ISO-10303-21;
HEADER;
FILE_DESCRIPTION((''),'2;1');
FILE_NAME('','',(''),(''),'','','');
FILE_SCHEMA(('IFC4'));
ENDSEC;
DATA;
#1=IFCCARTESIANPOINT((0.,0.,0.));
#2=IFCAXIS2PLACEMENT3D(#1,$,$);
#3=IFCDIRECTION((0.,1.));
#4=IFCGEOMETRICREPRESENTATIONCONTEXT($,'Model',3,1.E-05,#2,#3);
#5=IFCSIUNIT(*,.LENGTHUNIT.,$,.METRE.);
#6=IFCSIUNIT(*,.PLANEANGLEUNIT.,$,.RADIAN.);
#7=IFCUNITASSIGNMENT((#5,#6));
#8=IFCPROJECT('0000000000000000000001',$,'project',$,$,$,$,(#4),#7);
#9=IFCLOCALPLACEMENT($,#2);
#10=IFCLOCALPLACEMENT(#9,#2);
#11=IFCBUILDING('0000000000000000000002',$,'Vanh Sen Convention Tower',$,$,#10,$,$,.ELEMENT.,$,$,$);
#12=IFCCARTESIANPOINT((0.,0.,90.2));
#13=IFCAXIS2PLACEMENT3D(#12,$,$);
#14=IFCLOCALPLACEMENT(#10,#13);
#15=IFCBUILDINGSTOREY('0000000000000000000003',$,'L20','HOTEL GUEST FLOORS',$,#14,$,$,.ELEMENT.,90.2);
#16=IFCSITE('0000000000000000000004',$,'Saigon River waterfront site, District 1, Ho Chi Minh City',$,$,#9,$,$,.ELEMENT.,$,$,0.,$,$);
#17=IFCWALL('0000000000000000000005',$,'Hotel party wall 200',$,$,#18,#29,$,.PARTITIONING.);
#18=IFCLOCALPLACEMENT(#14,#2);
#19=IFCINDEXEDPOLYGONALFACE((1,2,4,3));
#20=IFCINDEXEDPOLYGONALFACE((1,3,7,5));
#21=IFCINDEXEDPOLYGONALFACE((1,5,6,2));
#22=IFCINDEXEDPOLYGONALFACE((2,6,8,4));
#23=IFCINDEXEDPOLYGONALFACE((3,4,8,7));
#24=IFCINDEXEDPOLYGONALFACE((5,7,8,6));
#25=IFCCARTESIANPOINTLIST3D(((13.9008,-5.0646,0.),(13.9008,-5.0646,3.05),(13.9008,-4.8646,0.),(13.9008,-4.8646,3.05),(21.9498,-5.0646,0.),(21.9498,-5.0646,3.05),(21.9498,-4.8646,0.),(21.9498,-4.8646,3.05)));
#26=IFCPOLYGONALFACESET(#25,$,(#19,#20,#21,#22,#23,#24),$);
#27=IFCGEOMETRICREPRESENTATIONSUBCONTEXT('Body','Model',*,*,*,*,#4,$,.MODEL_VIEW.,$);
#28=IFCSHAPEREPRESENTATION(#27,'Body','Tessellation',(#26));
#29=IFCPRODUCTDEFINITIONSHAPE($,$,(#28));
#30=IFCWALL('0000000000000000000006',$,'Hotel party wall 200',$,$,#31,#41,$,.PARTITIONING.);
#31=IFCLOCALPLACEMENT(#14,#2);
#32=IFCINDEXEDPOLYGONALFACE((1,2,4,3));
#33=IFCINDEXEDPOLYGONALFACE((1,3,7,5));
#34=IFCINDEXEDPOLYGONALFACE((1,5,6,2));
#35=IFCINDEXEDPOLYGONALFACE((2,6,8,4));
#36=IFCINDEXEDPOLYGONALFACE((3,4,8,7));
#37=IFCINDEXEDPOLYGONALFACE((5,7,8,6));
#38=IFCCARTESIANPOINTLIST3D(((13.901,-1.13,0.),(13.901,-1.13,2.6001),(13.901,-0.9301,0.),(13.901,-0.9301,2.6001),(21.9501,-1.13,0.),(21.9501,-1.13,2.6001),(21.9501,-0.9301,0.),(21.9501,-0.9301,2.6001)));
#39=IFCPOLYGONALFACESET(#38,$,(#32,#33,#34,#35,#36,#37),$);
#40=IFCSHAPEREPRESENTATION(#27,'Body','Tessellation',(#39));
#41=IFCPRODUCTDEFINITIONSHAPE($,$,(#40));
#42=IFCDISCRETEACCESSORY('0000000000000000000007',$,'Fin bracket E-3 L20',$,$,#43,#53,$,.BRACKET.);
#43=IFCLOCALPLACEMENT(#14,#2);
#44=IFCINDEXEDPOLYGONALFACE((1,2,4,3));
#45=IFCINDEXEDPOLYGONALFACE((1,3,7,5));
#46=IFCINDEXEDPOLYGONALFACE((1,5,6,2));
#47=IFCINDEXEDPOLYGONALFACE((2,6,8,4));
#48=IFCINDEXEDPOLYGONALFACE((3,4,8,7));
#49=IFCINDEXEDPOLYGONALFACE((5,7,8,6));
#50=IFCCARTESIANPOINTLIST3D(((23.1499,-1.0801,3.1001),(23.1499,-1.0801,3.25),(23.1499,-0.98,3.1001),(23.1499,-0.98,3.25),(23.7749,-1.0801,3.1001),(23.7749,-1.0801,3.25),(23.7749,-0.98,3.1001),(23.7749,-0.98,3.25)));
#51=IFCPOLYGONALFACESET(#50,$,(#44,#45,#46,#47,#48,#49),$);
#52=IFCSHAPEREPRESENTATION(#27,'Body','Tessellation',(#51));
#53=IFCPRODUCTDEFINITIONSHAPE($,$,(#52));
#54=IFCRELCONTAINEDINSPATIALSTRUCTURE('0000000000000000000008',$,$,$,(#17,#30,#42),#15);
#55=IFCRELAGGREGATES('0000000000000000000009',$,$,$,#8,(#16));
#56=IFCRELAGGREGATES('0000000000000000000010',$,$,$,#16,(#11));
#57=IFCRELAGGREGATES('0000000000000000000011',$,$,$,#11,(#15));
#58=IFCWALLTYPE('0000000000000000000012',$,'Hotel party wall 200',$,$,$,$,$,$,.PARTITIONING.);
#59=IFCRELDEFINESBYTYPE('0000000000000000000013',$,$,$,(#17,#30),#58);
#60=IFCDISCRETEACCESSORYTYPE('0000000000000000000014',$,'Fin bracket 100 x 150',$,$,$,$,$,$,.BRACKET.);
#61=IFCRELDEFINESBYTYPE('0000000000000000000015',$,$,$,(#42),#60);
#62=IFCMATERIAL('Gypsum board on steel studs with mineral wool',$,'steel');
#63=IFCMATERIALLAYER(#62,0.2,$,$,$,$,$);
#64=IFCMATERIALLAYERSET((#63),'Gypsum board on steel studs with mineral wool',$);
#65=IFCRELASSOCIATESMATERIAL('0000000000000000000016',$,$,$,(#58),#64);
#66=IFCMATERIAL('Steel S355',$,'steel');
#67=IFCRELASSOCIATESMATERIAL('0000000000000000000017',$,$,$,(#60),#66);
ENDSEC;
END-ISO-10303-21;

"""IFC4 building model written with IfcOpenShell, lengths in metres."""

from ifc_helpers import new_model, si_unit, direction, frame, frame_2d, origin, origin_2d, place, context, subcontext, project, spatial, rectangle, extrude, material, layer, layer_set, type_object, element, save


model = new_model("IFC4")

# Units and contexts
model_context = context("Model", 3, precision=1e-05, world=origin(), true_north=direction((0.0, 1.0)))
body_context = subcontext(model_context, "Body", "Model", "MODEL_VIEW")
ifc_project = project(units=[si_unit("LENGTHUNIT", "METRE"), si_unit("PLANEANGLEUNIT", "RADIAN")], contexts=[model_context])

# Site, building, storey
site_placement = place(None, origin())
site = spatial("IfcSite", under=ifc_project, at=site_placement, Name="Saigon River waterfront site, District 1, Ho Chi Minh City", CompositionType="ELEMENT", RefElevation=0.0)
building_placement = place(site_placement, origin())
building = spatial("IfcBuilding", under=site, at=building_placement, Name="Vanh Sen Convention Tower", CompositionType="ELEMENT")
storey_placement = place(building_placement, frame((0.0, 0.0, 90.2)))
storey = spatial("IfcBuildingStorey", under=building, at=storey_placement, Name="L20", Description="HOTEL GUEST FLOORS", CompositionType="ELEMENT", Elevation=90.2)

# Shared definitions
ifc_material_1 = material(Name="Gypsum board on steel studs with mineral wool", Category="steel")

# Walls
ifc_layer_1 = layer(ifc_material_1, 0.2)
ifc_layer_set_1 = layer_set([ifc_layer_1], Name="Gypsum board on steel studs with mineral wool")
wall_type_1 = type_object("IfcWallType", Name="Hotel party wall 200", PredefinedType="PARTITIONING", material=ifc_layer_set_1)
wall_1_placement = place(storey_placement, frame((13.9009, -4.9646, 0.0), z_axis=(0.0, 0.0, 1.0), x_axis=(1.0, 0.0, 0.0)))
element("IfcWall", 1, at=wall_1_placement, inside=storey, type_object=wall_type_1, Name="Hotel party wall 200", PredefinedType="PARTITIONING", context=body_context, shape_type="SweptSolid", body=[
    extrude(rectangle(XDim=8.0491, YDim=0.2, at=frame_2d((4.0244, 0.0))), origin(), (0.0, 0.0, 1.0), 3.05),
])
wall_2_placement = place(storey_placement, frame((21.95, -1.03, 0.0), z_axis=(0.0, 0.0, 1.0), x_axis=(-1.0, 0.0, 0.0)))
element("IfcWall", 2, at=wall_2_placement, inside=storey, type_object=wall_type_1, Name="Hotel party wall 200", PredefinedType="PARTITIONING", context=body_context, shape_type="SweptSolid", body=[
    extrude(rectangle(XDim=8.0491, YDim=0.2, at=frame_2d((4.0244, 0.0))), origin(), (0.0, 0.0, 1.0), 2.6001),
])

# Discrete accessory
ifc_material_2 = material(Name="Steel S355", Category="steel")
discrete_accessory_type = type_object("IfcDiscreteAccessoryType", Name="Fin bracket 100 x 150", PredefinedType="BRACKET", material=ifc_material_2)
discrete_accessory_placement = place(storey_placement, frame((23.4624, -1.03, 3.1001), z_axis=(0.0, 0.0, 1.0), x_axis=(1.0, 0.0, 0.0)))
element("IfcDiscreteAccessory", 3, at=discrete_accessory_placement, inside=storey, type_object=discrete_accessory_type, Name="Fin bracket E-3 L20", PredefinedType="BRACKET", context=body_context, shape_type="SweptSolid", body=[
    extrude(rectangle(XDim=0.625, YDim=0.1001, at=origin_2d()), origin(), (0.0, 0.0, 1.0), 0.1499),
])

save(model, "model.ifc")
